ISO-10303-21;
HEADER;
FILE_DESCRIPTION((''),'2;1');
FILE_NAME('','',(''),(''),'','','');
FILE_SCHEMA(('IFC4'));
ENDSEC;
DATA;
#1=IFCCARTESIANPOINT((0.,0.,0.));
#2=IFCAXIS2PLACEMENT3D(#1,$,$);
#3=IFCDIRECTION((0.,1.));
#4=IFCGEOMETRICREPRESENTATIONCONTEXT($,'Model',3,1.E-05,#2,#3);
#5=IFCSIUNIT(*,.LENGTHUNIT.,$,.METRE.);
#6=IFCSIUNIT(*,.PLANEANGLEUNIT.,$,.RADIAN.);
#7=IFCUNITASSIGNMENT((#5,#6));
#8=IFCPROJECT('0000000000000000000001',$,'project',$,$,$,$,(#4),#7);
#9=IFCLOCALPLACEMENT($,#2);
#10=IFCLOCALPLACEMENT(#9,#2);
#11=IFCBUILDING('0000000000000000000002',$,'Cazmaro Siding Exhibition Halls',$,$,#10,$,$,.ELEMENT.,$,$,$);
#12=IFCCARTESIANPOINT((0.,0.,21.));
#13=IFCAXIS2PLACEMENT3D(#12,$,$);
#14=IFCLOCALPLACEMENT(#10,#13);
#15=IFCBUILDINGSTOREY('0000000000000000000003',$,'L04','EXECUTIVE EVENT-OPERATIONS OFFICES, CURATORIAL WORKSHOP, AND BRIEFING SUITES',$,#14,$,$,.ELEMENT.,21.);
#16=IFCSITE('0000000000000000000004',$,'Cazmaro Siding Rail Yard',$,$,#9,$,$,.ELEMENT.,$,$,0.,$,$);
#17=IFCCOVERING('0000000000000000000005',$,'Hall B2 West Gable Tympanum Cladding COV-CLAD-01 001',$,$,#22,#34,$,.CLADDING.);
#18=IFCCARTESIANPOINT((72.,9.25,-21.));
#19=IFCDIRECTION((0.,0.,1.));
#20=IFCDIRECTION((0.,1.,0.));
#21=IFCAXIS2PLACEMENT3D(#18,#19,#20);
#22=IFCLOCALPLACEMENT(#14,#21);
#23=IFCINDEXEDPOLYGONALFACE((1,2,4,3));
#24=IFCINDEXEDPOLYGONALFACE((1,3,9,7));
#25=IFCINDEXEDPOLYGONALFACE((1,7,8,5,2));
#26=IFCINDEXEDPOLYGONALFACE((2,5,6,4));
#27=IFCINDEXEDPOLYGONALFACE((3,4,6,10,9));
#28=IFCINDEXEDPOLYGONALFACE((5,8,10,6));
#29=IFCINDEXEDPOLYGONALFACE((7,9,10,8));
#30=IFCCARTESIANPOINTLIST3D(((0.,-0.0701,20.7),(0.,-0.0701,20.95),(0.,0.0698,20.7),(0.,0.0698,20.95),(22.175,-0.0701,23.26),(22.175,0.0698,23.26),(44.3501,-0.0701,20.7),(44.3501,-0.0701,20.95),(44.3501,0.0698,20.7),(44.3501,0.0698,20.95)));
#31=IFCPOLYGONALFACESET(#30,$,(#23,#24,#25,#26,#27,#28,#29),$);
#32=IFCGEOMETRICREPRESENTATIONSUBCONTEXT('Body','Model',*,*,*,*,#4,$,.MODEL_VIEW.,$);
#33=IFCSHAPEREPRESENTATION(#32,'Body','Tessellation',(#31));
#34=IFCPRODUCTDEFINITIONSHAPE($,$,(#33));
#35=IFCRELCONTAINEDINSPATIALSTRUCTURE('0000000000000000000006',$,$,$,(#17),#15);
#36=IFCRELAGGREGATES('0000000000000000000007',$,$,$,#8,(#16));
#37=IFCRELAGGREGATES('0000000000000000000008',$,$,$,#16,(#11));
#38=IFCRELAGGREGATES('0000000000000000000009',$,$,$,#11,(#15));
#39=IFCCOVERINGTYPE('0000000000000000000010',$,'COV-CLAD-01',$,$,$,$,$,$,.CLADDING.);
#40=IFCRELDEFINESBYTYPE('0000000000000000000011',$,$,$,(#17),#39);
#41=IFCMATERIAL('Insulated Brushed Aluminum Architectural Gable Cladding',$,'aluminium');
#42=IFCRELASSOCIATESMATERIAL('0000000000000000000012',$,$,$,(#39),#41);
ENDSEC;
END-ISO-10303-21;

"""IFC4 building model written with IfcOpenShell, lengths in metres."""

from ifc_helpers import new_model, si_unit, direction, frame, origin, place, context, subcontext, project, spatial, polyline, outline, extrude, material, type_object, element, save


model = new_model("IFC4")

# Units and contexts
model_context = context("Model", 3, precision=1e-05, world=origin(), true_north=direction((0.0, 1.0)))
body_context = subcontext(model_context, "Body", "Model", "MODEL_VIEW")
ifc_project = project(units=[si_unit("LENGTHUNIT", "METRE"), si_unit("PLANEANGLEUNIT", "RADIAN")], contexts=[model_context])

# Site, building, storey
site_placement = place(None, origin())
site = spatial("IfcSite", under=ifc_project, at=site_placement, Name="Cazmaro Siding Rail Yard", CompositionType="ELEMENT", RefElevation=0.0)
building_placement = place(site_placement, origin())
building = spatial("IfcBuilding", under=site, at=building_placement, Name="Cazmaro Siding Exhibition Halls", CompositionType="ELEMENT")
storey_placement = place(building_placement, frame((0.0, 0.0, 21.0)))
storey = spatial("IfcBuildingStorey", under=building, at=storey_placement, Name="L04", Description="EXECUTIVE EVENT-OPERATIONS OFFICES, CURATORIAL WORKSHOP, AND BRIEFING SUITES", CompositionType="ELEMENT", Elevation=21.0)

# Covering
ifc_material_1 = material(Name="Insulated Brushed Aluminum Architectural Gable Cladding", Category="aluminium")
covering_type = type_object("IfcCoveringType", Name="COV-CLAD-01", PredefinedType="CLADDING", material=ifc_material_1)
covering_placement = place(storey_placement, frame((72.0, 9.25, -21.0), z_axis=(0.0, 0.0, 1.0), x_axis=(0.0, 1.0, 0.0)))
element("IfcCovering", 1, at=covering_placement, inside=storey, type_object=covering_type, Name="Hall B2 West Gable Tympanum Cladding COV-CLAD-01 001", PredefinedType="CLADDING", context=body_context, shape_type="SweptSolid", body=[
    extrude(outline(polyline([(0.0, 20.7), (44.3501, 20.7), (44.3501, 20.95), (22.175, 23.26), (0.0, 20.95), (0.0, 20.7)])), frame((0.0, 0.0698, 0.0), z_axis=(0.0, -1.0, 0.0), x_axis=(1.0, 0.0, 0.0)), (0.0, 0.0, 1.0), 0.1399),
])

save(model, "model.ifc")
